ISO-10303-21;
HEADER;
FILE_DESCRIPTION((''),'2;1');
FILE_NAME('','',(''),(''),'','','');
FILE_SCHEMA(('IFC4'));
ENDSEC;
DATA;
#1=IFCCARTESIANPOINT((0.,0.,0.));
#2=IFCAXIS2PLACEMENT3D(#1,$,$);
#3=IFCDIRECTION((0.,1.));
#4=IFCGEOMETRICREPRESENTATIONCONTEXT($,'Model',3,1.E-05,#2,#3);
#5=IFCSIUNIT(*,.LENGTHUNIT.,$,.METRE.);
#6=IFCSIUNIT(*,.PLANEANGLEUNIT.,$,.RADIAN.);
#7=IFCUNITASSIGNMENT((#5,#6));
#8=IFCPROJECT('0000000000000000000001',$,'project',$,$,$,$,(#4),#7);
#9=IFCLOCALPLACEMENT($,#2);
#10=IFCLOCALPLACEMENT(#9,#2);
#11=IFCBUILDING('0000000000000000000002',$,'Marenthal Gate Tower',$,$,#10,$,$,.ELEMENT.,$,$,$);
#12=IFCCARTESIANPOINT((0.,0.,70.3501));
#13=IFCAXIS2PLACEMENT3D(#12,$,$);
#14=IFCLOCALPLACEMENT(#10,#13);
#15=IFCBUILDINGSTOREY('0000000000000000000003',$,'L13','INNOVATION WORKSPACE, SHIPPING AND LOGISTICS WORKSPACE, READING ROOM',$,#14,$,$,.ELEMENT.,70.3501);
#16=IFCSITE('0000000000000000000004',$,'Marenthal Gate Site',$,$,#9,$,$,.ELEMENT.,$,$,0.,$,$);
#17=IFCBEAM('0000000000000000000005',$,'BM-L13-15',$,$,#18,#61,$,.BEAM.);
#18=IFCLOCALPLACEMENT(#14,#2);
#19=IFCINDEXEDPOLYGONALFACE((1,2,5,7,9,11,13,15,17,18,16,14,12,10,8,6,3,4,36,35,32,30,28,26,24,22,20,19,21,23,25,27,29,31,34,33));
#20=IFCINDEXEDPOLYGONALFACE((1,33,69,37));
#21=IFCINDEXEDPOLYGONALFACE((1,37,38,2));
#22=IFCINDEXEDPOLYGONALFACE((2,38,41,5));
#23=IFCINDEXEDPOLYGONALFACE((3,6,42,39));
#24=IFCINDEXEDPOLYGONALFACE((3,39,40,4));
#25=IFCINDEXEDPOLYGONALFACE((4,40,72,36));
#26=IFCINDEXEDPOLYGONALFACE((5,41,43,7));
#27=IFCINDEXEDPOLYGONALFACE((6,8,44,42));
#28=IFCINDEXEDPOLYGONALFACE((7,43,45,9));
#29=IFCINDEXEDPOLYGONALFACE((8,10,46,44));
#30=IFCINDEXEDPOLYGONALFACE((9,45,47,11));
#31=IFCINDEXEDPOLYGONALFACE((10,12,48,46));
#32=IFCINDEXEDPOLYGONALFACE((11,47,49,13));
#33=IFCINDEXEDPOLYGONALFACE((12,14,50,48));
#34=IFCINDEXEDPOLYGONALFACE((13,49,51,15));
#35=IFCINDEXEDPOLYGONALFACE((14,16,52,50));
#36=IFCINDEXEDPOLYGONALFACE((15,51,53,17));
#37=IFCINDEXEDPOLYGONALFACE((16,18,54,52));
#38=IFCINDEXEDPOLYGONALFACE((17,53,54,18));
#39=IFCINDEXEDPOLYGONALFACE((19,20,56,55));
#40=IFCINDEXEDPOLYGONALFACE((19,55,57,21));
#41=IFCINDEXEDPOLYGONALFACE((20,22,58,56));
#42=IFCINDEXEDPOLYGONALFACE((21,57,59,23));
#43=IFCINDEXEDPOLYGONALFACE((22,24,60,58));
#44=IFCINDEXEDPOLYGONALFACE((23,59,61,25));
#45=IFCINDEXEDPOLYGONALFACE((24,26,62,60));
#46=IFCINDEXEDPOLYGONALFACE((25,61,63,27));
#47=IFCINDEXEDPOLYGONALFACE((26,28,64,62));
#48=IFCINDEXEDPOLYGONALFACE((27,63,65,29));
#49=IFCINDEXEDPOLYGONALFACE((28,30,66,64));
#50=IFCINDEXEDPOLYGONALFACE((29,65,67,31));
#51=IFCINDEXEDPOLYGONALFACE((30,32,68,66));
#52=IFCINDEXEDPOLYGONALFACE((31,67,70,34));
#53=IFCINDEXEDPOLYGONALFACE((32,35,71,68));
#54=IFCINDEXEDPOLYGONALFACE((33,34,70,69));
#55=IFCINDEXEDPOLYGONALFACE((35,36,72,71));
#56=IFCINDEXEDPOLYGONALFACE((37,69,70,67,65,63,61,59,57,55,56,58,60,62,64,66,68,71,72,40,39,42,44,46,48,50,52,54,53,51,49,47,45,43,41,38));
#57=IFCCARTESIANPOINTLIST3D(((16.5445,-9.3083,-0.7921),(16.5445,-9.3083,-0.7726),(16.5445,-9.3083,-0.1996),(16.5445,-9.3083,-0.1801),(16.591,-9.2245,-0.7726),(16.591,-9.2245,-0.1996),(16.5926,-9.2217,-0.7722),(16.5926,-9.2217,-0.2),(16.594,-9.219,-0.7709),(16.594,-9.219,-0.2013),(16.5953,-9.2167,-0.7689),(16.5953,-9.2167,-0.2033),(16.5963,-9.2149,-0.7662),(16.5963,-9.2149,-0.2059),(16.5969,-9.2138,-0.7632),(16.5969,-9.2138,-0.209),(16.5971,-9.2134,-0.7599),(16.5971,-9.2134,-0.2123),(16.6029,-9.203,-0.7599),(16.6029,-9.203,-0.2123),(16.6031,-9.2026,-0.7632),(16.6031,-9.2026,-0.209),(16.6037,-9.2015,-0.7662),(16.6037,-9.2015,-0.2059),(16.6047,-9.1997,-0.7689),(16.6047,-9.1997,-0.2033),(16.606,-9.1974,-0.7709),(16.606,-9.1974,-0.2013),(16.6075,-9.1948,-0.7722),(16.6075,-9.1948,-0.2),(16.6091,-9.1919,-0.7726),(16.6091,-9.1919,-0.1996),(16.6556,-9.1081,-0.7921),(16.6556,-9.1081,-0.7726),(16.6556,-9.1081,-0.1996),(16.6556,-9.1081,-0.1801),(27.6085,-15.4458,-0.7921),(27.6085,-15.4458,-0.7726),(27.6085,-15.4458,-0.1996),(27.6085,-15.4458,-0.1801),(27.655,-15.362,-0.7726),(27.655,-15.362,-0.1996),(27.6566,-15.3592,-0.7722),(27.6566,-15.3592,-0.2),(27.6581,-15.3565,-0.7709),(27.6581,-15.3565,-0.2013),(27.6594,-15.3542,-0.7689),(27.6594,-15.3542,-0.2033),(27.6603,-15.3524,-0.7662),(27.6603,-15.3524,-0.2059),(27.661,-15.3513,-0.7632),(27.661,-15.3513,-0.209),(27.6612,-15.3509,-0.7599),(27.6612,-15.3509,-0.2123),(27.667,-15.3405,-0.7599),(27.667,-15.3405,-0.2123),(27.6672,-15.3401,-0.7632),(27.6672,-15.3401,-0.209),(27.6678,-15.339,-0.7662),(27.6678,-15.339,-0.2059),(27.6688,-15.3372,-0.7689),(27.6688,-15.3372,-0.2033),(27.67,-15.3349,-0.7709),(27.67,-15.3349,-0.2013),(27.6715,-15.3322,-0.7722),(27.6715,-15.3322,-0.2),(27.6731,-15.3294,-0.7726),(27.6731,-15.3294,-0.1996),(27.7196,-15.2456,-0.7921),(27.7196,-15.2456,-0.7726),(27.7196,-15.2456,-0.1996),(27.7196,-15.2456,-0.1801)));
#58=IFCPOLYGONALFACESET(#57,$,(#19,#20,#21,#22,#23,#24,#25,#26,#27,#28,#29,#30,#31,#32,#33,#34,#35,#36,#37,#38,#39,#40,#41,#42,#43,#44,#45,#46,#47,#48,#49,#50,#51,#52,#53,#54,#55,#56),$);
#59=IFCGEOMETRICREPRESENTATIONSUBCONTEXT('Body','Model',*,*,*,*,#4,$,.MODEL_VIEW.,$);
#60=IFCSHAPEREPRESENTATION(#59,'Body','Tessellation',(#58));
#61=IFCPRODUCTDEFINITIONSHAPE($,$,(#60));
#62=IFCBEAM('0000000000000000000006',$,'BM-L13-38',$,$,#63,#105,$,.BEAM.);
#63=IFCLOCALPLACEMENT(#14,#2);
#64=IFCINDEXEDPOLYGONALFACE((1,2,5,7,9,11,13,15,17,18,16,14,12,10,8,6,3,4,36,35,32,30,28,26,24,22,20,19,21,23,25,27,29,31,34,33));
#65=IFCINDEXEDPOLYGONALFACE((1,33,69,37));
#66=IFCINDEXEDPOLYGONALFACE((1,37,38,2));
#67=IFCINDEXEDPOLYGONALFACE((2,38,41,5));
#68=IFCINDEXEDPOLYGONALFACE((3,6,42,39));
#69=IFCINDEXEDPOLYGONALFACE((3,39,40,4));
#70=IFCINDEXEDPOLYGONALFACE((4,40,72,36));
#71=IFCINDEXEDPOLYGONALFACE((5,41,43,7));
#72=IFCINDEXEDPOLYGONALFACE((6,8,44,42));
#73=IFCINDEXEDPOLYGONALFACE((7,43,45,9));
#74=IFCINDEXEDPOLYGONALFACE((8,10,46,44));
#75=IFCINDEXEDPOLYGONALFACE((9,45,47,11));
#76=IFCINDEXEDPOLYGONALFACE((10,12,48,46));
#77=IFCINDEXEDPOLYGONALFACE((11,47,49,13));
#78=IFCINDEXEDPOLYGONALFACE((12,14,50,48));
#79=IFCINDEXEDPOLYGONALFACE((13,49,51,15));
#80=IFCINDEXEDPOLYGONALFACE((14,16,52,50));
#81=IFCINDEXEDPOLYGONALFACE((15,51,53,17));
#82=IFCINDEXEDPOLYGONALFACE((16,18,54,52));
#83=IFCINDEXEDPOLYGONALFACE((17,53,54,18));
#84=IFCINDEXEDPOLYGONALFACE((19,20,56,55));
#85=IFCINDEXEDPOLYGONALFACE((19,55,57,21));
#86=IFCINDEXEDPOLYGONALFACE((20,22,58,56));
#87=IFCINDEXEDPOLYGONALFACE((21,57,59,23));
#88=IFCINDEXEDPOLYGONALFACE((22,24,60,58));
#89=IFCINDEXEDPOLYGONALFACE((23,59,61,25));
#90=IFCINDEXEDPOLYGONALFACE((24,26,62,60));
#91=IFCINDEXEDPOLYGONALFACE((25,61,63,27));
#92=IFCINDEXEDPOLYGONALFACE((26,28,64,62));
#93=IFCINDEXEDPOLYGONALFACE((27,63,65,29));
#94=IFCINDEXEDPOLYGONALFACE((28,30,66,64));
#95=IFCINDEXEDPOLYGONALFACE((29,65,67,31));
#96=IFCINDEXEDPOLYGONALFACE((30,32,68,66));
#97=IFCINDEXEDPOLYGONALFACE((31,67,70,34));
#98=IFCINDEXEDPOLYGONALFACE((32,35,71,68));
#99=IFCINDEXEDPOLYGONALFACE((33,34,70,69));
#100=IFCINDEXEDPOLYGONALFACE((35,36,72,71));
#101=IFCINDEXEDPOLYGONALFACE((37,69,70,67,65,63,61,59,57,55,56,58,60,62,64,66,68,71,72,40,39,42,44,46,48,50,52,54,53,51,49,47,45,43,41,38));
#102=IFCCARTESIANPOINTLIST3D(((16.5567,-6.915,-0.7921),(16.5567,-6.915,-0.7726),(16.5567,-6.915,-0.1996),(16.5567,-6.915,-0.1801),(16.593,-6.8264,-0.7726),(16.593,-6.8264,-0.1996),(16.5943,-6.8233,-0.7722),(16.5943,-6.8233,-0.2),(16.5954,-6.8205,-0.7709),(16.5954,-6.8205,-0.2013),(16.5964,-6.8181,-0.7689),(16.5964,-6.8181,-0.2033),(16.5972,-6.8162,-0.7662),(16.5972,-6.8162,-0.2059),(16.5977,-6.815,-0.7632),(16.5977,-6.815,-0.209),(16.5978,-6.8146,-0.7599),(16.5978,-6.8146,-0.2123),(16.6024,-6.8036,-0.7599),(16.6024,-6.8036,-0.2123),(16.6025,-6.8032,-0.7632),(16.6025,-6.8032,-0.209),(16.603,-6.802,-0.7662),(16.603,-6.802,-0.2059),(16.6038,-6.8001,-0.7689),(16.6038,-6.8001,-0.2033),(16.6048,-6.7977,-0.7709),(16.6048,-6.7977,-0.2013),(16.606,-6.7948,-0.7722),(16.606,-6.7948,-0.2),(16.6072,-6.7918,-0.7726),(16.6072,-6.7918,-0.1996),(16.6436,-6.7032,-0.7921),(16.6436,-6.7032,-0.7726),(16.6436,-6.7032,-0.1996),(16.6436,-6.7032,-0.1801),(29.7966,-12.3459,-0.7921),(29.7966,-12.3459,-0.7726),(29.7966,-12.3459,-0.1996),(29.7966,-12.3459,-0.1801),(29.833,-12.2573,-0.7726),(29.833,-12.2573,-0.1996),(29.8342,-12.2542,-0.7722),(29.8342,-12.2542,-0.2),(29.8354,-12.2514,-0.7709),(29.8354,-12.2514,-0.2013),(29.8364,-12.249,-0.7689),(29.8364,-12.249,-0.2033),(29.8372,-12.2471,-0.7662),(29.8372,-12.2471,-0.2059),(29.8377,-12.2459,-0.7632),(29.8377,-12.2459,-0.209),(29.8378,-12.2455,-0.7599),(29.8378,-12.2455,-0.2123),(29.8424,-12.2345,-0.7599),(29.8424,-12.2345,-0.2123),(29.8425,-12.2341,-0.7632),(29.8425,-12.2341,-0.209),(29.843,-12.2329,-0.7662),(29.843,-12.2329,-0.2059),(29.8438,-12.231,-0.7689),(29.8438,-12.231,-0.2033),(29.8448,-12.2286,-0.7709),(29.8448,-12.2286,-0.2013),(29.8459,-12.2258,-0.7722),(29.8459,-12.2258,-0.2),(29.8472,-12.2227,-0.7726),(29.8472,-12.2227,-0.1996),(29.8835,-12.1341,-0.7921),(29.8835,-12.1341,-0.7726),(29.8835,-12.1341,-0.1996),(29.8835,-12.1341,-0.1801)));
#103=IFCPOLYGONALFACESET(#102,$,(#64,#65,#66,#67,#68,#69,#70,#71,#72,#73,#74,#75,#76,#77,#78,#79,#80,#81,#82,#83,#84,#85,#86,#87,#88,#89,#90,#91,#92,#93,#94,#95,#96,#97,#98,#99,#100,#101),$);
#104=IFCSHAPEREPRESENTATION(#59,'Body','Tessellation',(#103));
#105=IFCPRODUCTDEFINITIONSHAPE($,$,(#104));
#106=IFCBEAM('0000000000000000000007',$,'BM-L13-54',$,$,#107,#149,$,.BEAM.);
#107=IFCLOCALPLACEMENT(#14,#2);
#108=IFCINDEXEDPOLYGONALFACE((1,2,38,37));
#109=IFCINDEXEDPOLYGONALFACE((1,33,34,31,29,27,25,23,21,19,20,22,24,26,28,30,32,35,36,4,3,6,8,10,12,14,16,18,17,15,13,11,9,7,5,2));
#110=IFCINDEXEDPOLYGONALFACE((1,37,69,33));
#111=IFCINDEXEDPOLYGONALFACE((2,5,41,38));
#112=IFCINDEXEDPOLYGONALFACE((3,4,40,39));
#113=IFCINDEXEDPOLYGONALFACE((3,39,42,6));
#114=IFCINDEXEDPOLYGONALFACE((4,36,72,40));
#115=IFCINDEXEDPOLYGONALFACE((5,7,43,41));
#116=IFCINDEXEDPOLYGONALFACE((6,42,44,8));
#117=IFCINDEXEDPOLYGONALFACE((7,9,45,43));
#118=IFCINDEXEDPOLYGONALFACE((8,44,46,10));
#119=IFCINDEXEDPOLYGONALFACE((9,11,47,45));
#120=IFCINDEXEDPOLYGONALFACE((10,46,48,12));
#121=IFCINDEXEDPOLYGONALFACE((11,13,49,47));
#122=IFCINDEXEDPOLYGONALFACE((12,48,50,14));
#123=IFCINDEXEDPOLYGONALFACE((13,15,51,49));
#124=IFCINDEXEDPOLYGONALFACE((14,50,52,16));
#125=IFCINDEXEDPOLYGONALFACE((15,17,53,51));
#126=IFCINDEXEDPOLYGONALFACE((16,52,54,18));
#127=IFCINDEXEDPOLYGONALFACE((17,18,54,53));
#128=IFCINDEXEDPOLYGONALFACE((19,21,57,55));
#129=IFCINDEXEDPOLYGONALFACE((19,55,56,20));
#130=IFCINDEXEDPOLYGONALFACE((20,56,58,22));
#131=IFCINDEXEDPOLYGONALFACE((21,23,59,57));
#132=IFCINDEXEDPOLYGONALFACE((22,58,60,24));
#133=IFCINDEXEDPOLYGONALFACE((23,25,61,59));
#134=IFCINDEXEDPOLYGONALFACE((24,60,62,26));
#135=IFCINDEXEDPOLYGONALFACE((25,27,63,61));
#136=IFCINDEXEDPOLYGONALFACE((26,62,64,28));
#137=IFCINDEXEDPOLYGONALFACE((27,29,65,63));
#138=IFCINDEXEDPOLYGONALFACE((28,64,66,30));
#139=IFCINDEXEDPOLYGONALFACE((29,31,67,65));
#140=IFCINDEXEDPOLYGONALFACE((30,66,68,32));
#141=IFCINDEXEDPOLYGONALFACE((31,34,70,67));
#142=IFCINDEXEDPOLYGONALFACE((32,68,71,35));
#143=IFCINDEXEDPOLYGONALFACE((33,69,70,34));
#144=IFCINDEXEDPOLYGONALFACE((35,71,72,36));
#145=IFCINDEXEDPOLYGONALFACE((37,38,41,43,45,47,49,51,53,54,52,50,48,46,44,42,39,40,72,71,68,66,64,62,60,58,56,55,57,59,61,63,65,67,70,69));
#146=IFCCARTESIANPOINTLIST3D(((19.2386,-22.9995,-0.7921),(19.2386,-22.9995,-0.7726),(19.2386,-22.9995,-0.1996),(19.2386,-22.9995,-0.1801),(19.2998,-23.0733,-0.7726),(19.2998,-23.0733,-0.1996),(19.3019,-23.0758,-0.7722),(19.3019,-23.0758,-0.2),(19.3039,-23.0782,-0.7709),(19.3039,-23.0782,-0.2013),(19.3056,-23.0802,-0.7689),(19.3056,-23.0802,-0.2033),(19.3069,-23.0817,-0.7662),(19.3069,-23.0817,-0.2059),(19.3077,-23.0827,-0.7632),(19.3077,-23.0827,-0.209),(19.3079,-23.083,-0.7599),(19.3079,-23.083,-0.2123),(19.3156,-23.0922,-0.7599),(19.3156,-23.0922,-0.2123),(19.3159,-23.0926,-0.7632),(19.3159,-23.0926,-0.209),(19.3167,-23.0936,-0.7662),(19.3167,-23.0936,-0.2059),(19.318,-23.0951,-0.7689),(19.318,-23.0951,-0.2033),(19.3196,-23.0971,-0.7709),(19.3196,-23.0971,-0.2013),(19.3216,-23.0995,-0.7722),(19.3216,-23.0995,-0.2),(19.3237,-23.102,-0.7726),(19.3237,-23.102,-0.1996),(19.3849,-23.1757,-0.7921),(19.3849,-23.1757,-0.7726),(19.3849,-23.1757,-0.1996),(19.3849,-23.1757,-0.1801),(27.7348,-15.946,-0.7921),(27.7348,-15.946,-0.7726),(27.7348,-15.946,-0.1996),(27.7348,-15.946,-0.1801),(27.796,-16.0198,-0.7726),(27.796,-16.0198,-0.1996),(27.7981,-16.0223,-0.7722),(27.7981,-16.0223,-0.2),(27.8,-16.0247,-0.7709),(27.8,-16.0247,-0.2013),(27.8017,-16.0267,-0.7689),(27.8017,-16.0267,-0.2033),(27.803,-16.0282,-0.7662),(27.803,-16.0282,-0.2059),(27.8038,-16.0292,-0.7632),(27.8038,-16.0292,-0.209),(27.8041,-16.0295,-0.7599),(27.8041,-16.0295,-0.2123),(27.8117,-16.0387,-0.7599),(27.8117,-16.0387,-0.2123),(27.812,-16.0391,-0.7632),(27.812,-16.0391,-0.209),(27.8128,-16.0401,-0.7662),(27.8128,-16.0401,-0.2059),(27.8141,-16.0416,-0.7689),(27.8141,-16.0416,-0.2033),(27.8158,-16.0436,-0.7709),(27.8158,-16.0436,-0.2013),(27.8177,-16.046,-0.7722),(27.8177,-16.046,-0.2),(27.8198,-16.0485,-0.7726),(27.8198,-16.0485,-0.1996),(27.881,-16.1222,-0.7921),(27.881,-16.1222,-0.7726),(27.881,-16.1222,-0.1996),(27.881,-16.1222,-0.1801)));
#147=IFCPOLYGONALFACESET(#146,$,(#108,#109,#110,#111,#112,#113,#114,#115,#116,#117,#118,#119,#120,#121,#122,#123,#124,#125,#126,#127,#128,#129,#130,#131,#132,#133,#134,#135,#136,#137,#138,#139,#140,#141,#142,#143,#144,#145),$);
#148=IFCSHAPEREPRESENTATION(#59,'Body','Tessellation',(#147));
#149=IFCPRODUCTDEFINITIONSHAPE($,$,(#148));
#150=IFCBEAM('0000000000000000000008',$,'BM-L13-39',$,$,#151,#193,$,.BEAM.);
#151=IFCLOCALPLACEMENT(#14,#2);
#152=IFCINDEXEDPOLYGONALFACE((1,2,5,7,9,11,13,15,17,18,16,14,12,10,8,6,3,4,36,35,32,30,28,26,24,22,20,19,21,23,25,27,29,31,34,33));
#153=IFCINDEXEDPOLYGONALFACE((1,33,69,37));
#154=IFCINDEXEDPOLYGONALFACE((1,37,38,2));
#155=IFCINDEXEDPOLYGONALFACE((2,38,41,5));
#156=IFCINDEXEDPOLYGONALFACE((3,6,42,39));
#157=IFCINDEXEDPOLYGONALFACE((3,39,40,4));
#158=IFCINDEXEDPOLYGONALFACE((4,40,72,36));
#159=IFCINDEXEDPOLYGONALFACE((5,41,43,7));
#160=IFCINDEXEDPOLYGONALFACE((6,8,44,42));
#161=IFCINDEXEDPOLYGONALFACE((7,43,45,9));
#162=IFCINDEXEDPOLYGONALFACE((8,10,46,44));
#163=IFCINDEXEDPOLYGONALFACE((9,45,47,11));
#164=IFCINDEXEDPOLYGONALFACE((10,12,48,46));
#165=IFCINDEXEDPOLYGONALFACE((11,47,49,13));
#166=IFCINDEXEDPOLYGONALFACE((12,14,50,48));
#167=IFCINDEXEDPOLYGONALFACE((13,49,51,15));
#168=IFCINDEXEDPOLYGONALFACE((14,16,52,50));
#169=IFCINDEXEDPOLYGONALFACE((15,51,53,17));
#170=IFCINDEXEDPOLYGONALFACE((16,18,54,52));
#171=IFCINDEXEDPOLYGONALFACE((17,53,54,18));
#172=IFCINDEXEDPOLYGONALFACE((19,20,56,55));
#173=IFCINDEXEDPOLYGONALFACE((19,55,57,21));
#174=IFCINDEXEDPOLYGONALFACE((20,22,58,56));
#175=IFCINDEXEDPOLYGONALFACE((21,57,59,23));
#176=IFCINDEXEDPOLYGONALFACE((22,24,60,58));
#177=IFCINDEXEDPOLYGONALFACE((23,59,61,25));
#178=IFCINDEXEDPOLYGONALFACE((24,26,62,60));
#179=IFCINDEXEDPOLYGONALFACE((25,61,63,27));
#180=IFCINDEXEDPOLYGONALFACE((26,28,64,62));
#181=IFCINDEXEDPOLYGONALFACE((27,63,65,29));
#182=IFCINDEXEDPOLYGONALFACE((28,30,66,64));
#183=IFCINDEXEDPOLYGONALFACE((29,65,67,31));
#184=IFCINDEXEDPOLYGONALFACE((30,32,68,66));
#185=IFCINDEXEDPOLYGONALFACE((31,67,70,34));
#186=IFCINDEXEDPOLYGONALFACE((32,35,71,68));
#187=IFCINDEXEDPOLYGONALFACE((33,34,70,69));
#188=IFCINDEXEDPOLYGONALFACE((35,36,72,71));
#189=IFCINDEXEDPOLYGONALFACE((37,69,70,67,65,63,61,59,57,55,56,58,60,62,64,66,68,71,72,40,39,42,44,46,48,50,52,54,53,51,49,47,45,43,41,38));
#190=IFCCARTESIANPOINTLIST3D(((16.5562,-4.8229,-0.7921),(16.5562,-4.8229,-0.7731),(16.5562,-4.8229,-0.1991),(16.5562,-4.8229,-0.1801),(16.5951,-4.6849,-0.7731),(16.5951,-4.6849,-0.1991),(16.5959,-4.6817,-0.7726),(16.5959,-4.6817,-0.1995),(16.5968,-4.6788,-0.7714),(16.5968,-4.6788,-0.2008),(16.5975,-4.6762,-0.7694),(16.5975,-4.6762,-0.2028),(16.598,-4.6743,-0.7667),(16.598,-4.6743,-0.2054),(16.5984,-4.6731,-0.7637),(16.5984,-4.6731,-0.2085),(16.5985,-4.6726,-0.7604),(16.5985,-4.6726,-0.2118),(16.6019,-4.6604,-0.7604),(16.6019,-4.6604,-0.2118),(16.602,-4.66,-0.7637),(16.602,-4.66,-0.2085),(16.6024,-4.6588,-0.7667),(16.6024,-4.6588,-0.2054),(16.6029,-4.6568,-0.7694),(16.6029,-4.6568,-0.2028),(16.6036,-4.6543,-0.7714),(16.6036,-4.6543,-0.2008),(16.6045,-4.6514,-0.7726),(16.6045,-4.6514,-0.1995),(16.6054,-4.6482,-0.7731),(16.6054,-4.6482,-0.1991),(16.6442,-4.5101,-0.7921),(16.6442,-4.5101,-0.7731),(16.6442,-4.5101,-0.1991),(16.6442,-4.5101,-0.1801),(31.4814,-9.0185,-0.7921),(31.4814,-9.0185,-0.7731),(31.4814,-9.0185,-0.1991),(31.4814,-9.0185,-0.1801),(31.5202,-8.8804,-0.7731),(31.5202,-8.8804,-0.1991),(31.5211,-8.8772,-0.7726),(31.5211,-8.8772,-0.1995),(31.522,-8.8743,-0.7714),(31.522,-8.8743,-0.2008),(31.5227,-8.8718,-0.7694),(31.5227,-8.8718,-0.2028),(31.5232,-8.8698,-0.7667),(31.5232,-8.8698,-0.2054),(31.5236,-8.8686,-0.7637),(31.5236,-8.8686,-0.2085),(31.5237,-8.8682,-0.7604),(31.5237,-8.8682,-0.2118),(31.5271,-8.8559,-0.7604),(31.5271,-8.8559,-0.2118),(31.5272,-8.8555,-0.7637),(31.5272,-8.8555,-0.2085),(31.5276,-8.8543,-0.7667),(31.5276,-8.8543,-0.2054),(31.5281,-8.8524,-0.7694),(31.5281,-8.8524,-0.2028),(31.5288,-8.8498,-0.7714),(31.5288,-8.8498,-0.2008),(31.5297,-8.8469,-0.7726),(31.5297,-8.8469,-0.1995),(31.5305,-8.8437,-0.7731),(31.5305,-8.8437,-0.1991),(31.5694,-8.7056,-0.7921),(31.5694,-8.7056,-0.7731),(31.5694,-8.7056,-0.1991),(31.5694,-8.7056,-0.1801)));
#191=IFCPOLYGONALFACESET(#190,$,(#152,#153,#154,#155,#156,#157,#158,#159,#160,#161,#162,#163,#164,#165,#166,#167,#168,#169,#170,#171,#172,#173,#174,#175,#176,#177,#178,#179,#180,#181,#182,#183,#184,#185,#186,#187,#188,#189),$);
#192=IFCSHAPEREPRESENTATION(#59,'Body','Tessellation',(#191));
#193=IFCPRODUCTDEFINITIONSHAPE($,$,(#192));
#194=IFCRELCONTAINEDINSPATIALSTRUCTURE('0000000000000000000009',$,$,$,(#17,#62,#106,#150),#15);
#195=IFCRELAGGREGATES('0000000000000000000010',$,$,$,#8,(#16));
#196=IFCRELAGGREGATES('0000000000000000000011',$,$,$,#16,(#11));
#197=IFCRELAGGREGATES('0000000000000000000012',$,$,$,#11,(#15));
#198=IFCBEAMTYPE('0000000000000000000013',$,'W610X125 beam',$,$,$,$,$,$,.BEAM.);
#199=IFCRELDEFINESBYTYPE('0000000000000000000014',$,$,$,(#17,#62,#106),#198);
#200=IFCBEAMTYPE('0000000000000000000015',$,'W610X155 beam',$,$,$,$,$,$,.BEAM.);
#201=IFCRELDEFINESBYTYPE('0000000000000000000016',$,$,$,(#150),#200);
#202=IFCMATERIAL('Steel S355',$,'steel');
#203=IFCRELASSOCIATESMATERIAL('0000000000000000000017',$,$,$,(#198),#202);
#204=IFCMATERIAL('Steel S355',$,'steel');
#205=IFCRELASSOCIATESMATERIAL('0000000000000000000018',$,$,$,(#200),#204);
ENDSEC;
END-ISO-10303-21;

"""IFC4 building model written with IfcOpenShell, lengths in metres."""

from ifc_helpers import new_model, si_unit, direction, frame, origin, origin_2d, place, context, subcontext, project, spatial, i_section, extrude, material, material_profile, profile_set, type_object, element, save


model = new_model("IFC4")

# Units and contexts
model_context = context("Model", 3, precision=1e-05, world=origin(), true_north=direction((0.0, 1.0)))
body_context = subcontext(model_context, "Body", "Model", "MODEL_VIEW")
ifc_project = project(units=[si_unit("LENGTHUNIT", "METRE"), si_unit("PLANEANGLEUNIT", "RADIAN")], contexts=[model_context])

# Site, building, storey
site_placement = place(None, origin())
site = spatial("IfcSite", under=ifc_project, at=site_placement, Name="Marenthal Gate Site", CompositionType="ELEMENT", RefElevation=0.0)
building_placement = place(site_placement, origin())
building = spatial("IfcBuilding", under=site, at=building_placement, Name="Marenthal Gate Tower", CompositionType="ELEMENT")
storey_placement = place(building_placement, frame((0.0, 0.0, 70.3501)))
storey = spatial("IfcBuildingStorey", under=building, at=storey_placement, Name="L13", Description="INNOVATION WORKSPACE, SHIPPING AND LOGISTICS WORKSPACE, READING ROOM", CompositionType="ELEMENT", Elevation=70.3501)

# Beams
ifc_material_1 = material(Name="Steel S355", Category="steel")
ifc_material_profile_1 = material_profile(ifc_material_1, i_section(OverallWidth=0.229, OverallDepth=0.6121, WebThickness=0.012, FlangeThickness=0.0195, FilletRadius=0.0127, at=origin_2d()), Name="W610X125")
ifc_profile_set_1 = profile_set([ifc_material_profile_1], Name="Steel S355")
beam_type_1 = type_object("IfcBeamType", Name="W610X125 beam", PredefinedType="BEAM", material=ifc_profile_set_1)
beam_1_placement = place(storey_placement, frame((27.6641, -15.3457, -0.4861), z_axis=(-0.874466, 0.485087, 0.0), x_axis=(-0.485087, -0.874466, 0.0)))
element("IfcBeam", 1, at=beam_1_placement, inside=storey, type_object=beam_type_1, Name="BM-L13-15", PredefinedType="BEAM", context=body_context, shape_type="SweptSolid", body=[
    extrude(i_section(OverallWidth=0.229, OverallDepth=0.6121, WebThickness=0.012, FlangeThickness=0.0195, FilletRadius=0.0127, at=origin_2d()), origin(), (0.0, 0.0, 1.0), 12.6523),
])
beam_2_placement = place(storey_placement, frame((29.8401, -12.24, -0.4861), z_axis=(-0.92519, 0.379504, 0.0), x_axis=(-0.379504, -0.92519, 0.0)))
element("IfcBeam", 2, at=beam_2_placement, inside=storey, type_object=beam_type_1, Name="BM-L13-38", PredefinedType="BEAM", context=body_context, shape_type="SweptSolid", body=[
    extrude(i_section(OverallWidth=0.229, OverallDepth=0.6121, WebThickness=0.012, FlangeThickness=0.0195, FilletRadius=0.0127, at=origin_2d()), origin(), (0.0, 0.0, 1.0), 14.3105),
])
beam_3_placement = place(storey_placement, frame((19.3118, -23.0876, -0.4861), z_axis=(0.769405, 0.638761, 0.0), x_axis=(-0.638761, 0.769405, 0.0)))
element("IfcBeam", 3, at=beam_3_placement, inside=storey, type_object=beam_type_1, Name="BM-L13-54", PredefinedType="BEAM", context=body_context, shape_type="SweptSolid", body=[
    extrude(i_section(OverallWidth=0.229, OverallDepth=0.6121, WebThickness=0.012, FlangeThickness=0.0195, FilletRadius=0.0127, at=origin_2d()), origin(), (0.0, 0.0, 1.0), 11.0425),
])
ifc_material_2 = material(Name="Steel S355", Category="steel")
ifc_material_profile_2 = material_profile(ifc_material_2, i_section(OverallWidth=0.325, OverallDepth=0.6121, WebThickness=0.0127, FlangeThickness=0.019, FilletRadius=0.0127, at=origin_2d()), Name="W610X155")
ifc_profile_set_2 = profile_set([ifc_material_profile_2], Name="Steel S355")
beam_type_2 = type_object("IfcBeamType", Name="W610X155 beam", PredefinedType="BEAM", material=ifc_profile_set_2)
beam_4_placement = place(storey_placement, frame((31.5254, -8.8621, -0.4861), z_axis=(-0.962688, 0.270615, 0.0), x_axis=(-0.270615, -0.962688, 0.0)))
element("IfcBeam", 4, at=beam_4_placement, inside=storey, type_object=beam_type_2, Name="BM-L13-39", PredefinedType="BEAM", context=body_context, shape_type="SweptSolid", body=[
    extrude(i_section(OverallWidth=0.325, OverallDepth=0.6121, WebThickness=0.0127, FlangeThickness=0.019, FilletRadius=0.0127, at=origin_2d()), origin(), (0.0, 0.0, 1.0), 15.5037),
])

save(model, "model.ifc")
